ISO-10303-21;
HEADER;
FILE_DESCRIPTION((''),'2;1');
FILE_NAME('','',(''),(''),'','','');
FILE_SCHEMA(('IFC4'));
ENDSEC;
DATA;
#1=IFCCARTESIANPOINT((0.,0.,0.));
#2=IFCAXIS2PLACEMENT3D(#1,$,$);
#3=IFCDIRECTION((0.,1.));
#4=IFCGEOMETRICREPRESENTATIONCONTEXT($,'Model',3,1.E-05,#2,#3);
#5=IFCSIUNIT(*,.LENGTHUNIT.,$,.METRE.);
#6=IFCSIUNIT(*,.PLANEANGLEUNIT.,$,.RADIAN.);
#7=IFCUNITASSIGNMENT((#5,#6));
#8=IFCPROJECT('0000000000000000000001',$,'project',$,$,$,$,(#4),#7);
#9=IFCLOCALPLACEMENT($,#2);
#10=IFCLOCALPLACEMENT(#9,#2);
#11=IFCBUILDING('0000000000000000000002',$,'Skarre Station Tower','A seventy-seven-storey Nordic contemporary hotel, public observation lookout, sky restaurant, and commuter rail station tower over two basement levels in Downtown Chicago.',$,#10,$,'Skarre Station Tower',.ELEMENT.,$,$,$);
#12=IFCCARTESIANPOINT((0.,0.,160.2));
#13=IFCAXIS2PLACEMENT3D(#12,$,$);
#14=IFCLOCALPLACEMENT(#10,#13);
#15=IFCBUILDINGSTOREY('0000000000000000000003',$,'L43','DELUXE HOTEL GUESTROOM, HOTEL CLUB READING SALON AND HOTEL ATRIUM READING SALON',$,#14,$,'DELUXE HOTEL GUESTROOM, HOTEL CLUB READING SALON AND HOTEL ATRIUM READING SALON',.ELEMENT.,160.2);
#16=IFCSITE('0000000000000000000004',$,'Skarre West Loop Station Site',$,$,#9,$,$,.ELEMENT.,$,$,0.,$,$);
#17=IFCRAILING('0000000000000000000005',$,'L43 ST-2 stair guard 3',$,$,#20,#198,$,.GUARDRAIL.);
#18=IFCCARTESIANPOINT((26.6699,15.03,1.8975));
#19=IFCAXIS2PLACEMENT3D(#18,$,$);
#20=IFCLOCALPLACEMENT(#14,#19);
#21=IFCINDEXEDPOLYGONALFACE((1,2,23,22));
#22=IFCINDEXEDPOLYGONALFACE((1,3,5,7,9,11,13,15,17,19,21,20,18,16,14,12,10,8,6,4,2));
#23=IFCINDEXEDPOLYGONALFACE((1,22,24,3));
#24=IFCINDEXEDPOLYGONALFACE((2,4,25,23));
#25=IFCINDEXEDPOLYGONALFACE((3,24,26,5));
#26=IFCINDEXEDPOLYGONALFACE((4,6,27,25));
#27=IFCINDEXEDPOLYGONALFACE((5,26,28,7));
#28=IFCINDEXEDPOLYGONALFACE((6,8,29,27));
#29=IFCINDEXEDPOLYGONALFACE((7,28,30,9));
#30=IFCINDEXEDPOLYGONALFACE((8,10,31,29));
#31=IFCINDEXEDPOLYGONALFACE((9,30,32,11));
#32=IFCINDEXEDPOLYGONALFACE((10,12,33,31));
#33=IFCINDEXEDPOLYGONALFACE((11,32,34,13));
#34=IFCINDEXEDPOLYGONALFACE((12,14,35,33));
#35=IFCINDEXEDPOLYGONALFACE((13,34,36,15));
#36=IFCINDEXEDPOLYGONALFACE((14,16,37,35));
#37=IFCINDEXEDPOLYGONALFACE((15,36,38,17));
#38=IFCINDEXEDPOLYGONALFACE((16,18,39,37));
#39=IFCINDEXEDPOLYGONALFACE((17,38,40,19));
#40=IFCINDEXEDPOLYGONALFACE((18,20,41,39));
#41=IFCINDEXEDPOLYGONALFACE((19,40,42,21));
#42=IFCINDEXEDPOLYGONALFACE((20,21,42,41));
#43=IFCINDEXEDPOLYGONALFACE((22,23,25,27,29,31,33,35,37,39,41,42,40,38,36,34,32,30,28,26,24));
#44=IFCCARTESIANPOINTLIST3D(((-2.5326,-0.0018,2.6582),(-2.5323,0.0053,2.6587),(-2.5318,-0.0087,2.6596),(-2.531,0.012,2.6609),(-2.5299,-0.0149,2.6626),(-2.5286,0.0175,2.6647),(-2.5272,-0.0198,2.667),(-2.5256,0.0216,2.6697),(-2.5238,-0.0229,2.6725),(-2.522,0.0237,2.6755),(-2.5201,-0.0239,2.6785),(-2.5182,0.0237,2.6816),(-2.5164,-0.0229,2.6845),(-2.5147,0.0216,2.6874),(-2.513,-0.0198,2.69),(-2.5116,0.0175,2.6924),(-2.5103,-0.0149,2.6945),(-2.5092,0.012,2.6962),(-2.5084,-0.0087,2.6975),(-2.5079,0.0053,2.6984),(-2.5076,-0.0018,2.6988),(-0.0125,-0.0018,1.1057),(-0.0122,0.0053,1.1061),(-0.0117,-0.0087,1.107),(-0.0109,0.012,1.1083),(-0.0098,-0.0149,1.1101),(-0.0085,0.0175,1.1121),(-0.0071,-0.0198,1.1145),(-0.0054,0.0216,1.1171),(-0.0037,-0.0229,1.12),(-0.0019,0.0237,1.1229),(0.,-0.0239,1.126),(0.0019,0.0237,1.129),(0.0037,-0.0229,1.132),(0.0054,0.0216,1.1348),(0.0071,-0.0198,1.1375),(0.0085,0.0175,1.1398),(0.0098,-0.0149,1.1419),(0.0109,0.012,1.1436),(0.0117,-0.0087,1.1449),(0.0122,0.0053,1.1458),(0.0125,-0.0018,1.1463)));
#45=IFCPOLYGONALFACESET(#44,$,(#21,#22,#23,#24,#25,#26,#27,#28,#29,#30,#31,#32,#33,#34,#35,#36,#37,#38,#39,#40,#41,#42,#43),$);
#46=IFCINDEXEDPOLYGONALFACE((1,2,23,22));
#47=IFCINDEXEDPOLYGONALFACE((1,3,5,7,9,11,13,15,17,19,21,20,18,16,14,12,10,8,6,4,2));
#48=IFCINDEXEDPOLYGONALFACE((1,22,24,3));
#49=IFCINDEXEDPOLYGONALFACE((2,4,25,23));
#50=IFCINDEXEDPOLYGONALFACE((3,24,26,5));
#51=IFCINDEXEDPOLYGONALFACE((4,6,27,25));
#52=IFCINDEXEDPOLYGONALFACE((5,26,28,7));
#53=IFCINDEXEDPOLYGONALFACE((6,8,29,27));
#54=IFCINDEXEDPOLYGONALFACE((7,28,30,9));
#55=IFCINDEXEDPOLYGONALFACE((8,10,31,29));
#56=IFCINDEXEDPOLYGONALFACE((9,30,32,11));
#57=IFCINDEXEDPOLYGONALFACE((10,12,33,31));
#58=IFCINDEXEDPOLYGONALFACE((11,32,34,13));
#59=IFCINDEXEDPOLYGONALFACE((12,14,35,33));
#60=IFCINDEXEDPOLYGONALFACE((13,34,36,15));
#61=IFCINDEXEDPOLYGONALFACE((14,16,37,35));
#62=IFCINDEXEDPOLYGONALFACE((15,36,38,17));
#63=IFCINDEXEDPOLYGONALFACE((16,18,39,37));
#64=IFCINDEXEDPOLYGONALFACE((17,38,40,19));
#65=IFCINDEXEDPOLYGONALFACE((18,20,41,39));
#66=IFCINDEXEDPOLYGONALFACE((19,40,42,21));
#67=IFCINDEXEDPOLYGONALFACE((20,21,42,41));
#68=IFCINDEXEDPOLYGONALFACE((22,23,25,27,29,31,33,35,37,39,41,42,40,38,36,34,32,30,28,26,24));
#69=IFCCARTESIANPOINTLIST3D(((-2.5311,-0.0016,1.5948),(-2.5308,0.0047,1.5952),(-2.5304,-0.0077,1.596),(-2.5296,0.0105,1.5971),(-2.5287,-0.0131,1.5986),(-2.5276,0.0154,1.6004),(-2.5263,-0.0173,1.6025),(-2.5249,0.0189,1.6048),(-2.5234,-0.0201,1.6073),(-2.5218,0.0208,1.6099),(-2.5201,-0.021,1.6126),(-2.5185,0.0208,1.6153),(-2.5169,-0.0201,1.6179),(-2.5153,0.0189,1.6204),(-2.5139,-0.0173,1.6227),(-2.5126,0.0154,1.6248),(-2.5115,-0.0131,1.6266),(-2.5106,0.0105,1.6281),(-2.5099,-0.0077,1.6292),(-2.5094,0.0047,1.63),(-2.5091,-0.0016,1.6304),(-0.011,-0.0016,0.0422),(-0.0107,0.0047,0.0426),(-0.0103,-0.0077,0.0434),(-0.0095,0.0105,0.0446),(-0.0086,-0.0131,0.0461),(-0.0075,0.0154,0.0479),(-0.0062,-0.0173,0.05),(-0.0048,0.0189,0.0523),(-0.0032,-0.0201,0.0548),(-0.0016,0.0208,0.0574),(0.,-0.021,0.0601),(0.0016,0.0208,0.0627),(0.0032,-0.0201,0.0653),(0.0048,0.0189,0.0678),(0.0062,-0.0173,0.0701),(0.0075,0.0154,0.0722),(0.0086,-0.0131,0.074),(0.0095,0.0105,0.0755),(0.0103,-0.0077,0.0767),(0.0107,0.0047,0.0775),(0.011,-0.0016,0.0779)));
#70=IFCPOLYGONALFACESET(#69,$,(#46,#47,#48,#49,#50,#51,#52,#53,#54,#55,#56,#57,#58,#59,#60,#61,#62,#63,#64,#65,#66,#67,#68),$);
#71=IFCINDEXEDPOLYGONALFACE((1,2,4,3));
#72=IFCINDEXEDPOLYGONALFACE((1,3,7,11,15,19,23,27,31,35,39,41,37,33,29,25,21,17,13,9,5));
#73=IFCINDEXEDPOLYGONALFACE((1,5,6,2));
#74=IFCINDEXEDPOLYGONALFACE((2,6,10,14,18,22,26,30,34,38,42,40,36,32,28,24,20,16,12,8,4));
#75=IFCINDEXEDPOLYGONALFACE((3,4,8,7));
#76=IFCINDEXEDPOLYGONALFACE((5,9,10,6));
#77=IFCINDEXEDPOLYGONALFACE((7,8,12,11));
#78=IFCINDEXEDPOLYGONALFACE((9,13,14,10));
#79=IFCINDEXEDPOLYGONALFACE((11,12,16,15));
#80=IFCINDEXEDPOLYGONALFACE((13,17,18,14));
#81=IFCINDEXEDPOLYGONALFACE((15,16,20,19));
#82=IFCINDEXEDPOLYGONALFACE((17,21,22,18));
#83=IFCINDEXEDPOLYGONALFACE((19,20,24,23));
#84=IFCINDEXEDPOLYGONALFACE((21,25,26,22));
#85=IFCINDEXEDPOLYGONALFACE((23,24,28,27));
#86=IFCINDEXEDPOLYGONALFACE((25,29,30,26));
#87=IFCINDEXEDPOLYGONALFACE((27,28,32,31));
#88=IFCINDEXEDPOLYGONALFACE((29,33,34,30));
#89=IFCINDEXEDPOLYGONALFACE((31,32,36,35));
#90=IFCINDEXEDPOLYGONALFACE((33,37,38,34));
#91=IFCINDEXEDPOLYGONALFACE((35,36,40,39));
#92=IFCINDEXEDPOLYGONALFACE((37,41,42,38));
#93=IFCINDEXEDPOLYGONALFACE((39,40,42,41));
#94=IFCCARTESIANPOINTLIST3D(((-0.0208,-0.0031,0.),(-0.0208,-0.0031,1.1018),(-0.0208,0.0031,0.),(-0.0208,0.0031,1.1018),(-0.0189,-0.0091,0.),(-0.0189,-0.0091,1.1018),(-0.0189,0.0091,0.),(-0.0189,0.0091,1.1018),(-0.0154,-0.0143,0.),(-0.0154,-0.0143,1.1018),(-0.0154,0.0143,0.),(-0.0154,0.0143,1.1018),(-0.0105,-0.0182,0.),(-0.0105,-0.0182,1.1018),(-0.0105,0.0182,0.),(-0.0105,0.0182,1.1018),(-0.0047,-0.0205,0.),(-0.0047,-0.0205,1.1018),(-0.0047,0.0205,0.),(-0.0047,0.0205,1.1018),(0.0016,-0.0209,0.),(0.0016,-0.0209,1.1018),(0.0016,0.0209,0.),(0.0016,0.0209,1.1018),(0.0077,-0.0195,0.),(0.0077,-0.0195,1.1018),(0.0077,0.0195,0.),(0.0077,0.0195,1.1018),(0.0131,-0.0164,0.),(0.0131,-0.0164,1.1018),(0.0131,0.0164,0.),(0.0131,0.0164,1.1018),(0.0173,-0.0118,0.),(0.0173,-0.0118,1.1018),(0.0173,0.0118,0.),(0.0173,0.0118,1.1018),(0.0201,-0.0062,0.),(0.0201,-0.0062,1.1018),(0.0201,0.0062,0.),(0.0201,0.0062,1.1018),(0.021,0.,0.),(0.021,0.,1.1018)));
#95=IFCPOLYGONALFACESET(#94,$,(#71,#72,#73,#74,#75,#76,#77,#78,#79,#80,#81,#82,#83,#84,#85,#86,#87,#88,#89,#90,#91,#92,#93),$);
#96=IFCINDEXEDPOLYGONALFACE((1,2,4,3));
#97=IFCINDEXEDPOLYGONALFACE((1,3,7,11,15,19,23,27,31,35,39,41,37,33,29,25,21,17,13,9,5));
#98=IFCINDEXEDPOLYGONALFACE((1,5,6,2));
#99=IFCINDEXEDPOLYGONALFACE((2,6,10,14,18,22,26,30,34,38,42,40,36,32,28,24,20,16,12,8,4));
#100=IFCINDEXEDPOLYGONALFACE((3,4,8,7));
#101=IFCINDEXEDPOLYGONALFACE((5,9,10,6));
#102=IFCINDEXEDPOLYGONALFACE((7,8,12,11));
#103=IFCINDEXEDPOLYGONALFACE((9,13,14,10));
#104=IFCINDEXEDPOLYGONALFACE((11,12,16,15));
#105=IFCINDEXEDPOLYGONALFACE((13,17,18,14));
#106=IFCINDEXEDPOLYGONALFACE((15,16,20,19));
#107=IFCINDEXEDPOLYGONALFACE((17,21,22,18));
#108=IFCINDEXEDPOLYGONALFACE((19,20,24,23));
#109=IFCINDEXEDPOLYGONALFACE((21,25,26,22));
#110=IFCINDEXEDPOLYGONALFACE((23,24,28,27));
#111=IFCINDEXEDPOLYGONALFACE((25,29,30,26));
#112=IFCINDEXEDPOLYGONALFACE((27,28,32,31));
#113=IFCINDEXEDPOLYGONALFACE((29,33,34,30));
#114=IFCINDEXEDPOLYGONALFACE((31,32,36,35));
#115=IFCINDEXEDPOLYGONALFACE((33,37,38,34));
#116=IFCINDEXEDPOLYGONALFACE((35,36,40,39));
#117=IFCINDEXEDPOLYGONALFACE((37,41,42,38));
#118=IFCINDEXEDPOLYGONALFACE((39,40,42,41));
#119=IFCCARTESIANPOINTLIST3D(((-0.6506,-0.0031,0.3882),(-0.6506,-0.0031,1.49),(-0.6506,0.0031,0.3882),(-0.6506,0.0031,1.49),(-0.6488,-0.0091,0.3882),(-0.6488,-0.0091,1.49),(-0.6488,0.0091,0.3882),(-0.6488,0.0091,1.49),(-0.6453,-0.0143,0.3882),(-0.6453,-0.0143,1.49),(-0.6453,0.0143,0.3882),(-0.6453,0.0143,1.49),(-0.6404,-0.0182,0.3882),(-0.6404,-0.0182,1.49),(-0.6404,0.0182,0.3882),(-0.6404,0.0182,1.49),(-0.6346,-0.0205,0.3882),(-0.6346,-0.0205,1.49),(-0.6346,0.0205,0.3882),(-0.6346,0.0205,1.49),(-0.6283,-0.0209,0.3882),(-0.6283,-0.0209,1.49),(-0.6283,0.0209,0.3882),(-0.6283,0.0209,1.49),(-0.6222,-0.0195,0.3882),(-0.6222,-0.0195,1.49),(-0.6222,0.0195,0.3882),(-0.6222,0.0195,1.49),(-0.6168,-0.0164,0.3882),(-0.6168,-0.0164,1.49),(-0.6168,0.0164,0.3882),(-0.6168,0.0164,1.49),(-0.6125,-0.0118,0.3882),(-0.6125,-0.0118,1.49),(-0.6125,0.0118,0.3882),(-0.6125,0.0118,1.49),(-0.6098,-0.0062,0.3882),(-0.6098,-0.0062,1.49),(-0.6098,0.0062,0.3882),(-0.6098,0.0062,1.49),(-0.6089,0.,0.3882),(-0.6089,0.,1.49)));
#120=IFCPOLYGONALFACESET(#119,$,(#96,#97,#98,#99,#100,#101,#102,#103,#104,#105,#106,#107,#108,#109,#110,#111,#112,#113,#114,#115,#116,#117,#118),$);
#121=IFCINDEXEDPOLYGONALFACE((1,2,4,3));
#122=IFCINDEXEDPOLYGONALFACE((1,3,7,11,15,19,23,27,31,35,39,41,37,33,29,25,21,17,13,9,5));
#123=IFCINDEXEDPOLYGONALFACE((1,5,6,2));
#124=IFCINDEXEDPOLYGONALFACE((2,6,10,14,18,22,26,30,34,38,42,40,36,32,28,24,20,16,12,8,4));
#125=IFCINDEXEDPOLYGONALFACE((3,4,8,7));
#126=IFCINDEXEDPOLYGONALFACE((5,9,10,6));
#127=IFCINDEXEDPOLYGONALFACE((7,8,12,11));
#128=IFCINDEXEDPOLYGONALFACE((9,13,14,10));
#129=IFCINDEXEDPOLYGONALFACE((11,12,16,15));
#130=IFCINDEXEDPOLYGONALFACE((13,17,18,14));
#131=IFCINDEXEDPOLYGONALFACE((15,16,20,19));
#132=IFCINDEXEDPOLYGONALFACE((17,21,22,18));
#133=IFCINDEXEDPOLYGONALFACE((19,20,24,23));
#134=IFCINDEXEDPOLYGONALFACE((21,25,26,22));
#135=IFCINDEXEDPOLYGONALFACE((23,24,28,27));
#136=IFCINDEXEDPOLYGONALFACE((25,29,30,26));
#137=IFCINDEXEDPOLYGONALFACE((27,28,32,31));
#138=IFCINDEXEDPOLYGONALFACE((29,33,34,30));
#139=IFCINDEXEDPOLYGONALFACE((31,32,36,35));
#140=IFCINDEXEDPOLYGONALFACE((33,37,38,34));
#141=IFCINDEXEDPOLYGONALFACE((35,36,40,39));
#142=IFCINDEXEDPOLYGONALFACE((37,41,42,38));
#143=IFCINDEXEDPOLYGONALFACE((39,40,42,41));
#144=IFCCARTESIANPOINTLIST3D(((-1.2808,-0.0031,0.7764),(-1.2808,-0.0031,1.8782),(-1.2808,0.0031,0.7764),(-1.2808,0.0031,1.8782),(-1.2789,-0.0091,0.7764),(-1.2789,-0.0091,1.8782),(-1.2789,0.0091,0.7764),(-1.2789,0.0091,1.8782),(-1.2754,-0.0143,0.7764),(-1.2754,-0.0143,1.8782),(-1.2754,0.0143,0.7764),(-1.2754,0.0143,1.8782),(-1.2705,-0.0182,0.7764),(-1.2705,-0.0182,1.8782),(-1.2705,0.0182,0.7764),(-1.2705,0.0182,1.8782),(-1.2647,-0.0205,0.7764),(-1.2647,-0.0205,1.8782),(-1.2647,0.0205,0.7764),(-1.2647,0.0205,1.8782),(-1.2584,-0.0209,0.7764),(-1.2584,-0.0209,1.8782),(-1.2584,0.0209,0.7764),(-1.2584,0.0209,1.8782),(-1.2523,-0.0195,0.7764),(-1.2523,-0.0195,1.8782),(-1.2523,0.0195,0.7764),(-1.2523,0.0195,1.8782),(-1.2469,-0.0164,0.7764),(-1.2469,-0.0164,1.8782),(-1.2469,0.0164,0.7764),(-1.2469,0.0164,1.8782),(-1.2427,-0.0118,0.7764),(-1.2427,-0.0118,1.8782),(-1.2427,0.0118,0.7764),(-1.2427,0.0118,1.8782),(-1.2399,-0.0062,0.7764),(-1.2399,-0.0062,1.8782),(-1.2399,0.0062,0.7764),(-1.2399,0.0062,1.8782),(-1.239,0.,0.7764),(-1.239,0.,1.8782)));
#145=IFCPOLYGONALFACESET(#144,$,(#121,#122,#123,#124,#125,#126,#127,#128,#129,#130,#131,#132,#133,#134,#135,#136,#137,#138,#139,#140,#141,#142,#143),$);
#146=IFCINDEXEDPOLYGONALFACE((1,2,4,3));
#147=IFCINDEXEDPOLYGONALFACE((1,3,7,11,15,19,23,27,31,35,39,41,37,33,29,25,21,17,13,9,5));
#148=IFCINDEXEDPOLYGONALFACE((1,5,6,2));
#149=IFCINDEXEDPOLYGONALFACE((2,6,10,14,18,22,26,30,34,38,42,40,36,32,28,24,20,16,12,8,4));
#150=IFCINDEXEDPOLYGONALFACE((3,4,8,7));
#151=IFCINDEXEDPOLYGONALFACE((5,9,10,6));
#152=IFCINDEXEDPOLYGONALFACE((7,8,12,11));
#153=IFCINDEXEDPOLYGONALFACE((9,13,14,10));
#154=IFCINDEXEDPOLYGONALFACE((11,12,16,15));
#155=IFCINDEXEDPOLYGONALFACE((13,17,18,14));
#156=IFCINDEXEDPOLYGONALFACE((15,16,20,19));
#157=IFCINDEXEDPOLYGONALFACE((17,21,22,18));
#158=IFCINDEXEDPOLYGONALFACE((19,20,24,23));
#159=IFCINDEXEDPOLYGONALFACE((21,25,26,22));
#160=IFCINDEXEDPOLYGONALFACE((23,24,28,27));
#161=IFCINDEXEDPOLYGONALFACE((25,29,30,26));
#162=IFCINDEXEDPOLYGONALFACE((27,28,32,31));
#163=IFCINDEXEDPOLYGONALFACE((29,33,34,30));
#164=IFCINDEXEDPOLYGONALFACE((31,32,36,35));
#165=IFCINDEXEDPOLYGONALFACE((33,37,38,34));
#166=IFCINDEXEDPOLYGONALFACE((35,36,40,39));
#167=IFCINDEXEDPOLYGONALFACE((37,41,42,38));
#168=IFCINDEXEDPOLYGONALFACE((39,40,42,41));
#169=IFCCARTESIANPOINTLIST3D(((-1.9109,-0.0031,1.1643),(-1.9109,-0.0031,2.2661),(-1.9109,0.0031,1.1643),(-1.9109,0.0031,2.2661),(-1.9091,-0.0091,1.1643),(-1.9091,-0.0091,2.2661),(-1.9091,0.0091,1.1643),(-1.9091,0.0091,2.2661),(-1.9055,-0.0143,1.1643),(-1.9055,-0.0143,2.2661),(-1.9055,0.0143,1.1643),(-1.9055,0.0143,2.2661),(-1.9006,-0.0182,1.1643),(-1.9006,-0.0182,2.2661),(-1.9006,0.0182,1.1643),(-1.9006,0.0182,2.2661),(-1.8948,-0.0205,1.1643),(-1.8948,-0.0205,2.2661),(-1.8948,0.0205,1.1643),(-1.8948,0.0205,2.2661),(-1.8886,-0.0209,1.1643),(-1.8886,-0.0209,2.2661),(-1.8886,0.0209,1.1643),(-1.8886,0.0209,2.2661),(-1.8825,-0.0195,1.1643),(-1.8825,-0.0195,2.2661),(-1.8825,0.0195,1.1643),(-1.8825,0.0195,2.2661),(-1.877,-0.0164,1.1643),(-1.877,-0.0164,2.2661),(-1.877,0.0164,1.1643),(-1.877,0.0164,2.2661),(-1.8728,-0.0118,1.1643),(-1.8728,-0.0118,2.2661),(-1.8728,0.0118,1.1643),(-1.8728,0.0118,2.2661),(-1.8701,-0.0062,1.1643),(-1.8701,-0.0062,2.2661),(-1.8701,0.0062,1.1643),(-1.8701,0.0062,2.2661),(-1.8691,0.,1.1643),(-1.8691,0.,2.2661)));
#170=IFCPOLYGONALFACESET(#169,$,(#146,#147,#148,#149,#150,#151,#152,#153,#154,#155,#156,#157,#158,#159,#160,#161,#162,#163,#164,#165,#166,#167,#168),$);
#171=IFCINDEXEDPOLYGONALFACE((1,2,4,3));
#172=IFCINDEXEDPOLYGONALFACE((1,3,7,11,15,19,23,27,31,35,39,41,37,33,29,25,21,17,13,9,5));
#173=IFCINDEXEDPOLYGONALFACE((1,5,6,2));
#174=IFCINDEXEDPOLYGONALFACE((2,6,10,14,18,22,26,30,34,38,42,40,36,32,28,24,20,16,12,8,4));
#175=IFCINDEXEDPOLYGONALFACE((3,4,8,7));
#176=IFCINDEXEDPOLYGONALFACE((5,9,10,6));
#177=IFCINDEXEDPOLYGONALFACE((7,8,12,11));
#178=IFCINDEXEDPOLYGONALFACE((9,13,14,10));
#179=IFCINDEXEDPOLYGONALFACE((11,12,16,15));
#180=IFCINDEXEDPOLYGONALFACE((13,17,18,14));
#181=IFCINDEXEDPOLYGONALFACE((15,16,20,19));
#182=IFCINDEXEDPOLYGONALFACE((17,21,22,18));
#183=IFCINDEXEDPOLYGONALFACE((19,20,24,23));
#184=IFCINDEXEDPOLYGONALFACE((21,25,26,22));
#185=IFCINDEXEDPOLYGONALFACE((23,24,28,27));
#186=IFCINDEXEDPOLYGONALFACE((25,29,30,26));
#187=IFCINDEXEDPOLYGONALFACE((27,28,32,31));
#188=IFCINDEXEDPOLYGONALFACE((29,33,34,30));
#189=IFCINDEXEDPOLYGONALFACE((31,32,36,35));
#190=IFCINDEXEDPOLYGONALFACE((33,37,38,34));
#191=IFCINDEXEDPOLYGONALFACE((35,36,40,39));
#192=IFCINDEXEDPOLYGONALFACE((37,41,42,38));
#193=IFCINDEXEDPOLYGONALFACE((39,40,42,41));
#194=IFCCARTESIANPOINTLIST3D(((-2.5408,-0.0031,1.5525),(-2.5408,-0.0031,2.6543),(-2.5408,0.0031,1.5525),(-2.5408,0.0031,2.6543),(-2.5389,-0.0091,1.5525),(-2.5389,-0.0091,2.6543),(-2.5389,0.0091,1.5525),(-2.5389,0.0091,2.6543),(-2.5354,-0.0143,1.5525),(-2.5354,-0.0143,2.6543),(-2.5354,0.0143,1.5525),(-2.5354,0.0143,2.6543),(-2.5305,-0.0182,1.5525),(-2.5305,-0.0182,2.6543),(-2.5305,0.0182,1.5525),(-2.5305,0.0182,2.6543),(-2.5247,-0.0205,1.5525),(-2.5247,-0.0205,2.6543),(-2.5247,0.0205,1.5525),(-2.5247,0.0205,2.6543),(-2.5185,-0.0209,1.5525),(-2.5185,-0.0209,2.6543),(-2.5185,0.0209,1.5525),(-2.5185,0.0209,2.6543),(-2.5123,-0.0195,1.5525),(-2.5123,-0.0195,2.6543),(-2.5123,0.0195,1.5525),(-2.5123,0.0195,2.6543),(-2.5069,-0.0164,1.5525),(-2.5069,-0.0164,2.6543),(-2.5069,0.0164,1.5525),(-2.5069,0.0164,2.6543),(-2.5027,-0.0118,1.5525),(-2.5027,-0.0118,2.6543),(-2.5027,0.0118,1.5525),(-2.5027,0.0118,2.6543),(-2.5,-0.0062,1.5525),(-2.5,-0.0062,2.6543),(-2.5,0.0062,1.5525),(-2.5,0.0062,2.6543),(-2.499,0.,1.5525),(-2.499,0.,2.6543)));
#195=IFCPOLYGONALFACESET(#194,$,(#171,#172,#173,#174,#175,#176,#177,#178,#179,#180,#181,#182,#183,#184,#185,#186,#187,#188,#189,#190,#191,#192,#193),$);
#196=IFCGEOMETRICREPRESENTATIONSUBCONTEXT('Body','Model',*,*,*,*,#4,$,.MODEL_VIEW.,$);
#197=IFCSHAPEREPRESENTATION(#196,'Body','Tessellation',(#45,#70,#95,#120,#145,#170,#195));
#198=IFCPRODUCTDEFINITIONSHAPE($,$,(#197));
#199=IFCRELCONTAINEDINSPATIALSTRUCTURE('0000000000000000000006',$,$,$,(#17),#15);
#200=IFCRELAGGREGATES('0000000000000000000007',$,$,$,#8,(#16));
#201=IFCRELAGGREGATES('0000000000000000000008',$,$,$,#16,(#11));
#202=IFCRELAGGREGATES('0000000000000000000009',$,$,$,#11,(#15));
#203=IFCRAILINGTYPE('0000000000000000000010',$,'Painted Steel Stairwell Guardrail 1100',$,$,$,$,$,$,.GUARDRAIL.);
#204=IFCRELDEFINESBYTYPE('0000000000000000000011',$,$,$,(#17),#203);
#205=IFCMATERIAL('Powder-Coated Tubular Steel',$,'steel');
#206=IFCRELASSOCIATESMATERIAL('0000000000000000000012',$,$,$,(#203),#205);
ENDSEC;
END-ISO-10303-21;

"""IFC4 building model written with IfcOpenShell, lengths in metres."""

from ifc_helpers import new_model, si_unit, direction, frame, origin, origin_2d, place, context, subcontext, project, spatial, circle, extrude, material, type_object, element, save


model = new_model("IFC4")

# Units and contexts
model_context = context("Model", 3, precision=1e-05, world=origin(), true_north=direction((0.0, 1.0)))
body_context = subcontext(model_context, "Body", "Model", "MODEL_VIEW")
ifc_project = project(units=[si_unit("LENGTHUNIT", "METRE"), si_unit("PLANEANGLEUNIT", "RADIAN")], contexts=[model_context])

# Site, building, storey
site_placement = place(None, origin())
site = spatial("IfcSite", under=ifc_project, at=site_placement, Name="Skarre West Loop Station Site", CompositionType="ELEMENT", RefElevation=0.0)
building_placement = place(site_placement, origin())
building = spatial("IfcBuilding", under=site, at=building_placement, Name="Skarre Station Tower", Description="A seventy-seven-storey Nordic contemporary hotel, public observation lookout, sky restaurant, and commuter rail station tower over two basement levels in Downtown Chicago.", LongName="Skarre Station Tower", CompositionType="ELEMENT")
storey_placement = place(building_placement, frame((0.0, 0.0, 160.2)))
storey = spatial("IfcBuildingStorey", under=building, at=storey_placement, Name="L43", Description="DELUXE HOTEL GUESTROOM, HOTEL CLUB READING SALON AND HOTEL ATRIUM READING SALON", LongName="DELUXE HOTEL GUESTROOM, HOTEL CLUB READING SALON AND HOTEL ATRIUM READING SALON", CompositionType="ELEMENT", Elevation=160.2)

# Railing
ifc_material_1 = material(Name="Powder-Coated Tubular Steel", Category="steel")
railing_type_1 = type_object("IfcRailingType", Name="Painted Steel Stairwell Guardrail 1100", PredefinedType="GUARDRAIL", material=ifc_material_1)
railing_1_placement = place(storey_placement, frame((26.6699, 15.03, 1.8975)))
element("IfcRailing", 1, at=railing_1_placement, inside=storey, type_object=railing_type_1, Name="L43 ST-2 stair guard 3", PredefinedType="GUARDRAIL", context=body_context, shape_type="SweptSolid", body=[
    extrude(circle(Radius=0.0239, at=origin_2d()), frame((0.0, 0.0, 1.126), z_axis=(-0.8514, 0.0, 0.524516), x_axis=(0.0, -1.0, 0.0)), (0.0, 0.0, 1.0), 2.96),
    extrude(circle(Radius=0.021, at=origin_2d()), frame((0.0, 0.0, 0.0601), z_axis=(-0.8514, 0.0, 0.524516), x_axis=(0.0, -1.0, 0.0)), (0.0, 0.0, 1.0), 2.96),
    extrude(circle(Radius=0.021, at=origin_2d()), origin(), (0.0, 0.0, 1.0), 1.1018),
    extrude(circle(Radius=0.021, at=origin_2d()), frame((-0.6299, 0.0, 0.3882)), (0.0, 0.0, 1.0), 1.1018),
    extrude(circle(Radius=0.021, at=origin_2d()), frame((-1.26, 0.0, 0.7764)), (0.0, 0.0, 1.0), 1.1018),
    extrude(circle(Radius=0.021, at=origin_2d()), frame((-1.8901, 0.0, 1.1643)), (0.0, 0.0, 1.0), 1.1018),
    extrude(circle(Radius=0.021, at=origin_2d()), frame((-2.52, 0.0, 1.5525)), (0.0, 0.0, 1.0), 1.1018),
])

save(model, "model.ifc")
